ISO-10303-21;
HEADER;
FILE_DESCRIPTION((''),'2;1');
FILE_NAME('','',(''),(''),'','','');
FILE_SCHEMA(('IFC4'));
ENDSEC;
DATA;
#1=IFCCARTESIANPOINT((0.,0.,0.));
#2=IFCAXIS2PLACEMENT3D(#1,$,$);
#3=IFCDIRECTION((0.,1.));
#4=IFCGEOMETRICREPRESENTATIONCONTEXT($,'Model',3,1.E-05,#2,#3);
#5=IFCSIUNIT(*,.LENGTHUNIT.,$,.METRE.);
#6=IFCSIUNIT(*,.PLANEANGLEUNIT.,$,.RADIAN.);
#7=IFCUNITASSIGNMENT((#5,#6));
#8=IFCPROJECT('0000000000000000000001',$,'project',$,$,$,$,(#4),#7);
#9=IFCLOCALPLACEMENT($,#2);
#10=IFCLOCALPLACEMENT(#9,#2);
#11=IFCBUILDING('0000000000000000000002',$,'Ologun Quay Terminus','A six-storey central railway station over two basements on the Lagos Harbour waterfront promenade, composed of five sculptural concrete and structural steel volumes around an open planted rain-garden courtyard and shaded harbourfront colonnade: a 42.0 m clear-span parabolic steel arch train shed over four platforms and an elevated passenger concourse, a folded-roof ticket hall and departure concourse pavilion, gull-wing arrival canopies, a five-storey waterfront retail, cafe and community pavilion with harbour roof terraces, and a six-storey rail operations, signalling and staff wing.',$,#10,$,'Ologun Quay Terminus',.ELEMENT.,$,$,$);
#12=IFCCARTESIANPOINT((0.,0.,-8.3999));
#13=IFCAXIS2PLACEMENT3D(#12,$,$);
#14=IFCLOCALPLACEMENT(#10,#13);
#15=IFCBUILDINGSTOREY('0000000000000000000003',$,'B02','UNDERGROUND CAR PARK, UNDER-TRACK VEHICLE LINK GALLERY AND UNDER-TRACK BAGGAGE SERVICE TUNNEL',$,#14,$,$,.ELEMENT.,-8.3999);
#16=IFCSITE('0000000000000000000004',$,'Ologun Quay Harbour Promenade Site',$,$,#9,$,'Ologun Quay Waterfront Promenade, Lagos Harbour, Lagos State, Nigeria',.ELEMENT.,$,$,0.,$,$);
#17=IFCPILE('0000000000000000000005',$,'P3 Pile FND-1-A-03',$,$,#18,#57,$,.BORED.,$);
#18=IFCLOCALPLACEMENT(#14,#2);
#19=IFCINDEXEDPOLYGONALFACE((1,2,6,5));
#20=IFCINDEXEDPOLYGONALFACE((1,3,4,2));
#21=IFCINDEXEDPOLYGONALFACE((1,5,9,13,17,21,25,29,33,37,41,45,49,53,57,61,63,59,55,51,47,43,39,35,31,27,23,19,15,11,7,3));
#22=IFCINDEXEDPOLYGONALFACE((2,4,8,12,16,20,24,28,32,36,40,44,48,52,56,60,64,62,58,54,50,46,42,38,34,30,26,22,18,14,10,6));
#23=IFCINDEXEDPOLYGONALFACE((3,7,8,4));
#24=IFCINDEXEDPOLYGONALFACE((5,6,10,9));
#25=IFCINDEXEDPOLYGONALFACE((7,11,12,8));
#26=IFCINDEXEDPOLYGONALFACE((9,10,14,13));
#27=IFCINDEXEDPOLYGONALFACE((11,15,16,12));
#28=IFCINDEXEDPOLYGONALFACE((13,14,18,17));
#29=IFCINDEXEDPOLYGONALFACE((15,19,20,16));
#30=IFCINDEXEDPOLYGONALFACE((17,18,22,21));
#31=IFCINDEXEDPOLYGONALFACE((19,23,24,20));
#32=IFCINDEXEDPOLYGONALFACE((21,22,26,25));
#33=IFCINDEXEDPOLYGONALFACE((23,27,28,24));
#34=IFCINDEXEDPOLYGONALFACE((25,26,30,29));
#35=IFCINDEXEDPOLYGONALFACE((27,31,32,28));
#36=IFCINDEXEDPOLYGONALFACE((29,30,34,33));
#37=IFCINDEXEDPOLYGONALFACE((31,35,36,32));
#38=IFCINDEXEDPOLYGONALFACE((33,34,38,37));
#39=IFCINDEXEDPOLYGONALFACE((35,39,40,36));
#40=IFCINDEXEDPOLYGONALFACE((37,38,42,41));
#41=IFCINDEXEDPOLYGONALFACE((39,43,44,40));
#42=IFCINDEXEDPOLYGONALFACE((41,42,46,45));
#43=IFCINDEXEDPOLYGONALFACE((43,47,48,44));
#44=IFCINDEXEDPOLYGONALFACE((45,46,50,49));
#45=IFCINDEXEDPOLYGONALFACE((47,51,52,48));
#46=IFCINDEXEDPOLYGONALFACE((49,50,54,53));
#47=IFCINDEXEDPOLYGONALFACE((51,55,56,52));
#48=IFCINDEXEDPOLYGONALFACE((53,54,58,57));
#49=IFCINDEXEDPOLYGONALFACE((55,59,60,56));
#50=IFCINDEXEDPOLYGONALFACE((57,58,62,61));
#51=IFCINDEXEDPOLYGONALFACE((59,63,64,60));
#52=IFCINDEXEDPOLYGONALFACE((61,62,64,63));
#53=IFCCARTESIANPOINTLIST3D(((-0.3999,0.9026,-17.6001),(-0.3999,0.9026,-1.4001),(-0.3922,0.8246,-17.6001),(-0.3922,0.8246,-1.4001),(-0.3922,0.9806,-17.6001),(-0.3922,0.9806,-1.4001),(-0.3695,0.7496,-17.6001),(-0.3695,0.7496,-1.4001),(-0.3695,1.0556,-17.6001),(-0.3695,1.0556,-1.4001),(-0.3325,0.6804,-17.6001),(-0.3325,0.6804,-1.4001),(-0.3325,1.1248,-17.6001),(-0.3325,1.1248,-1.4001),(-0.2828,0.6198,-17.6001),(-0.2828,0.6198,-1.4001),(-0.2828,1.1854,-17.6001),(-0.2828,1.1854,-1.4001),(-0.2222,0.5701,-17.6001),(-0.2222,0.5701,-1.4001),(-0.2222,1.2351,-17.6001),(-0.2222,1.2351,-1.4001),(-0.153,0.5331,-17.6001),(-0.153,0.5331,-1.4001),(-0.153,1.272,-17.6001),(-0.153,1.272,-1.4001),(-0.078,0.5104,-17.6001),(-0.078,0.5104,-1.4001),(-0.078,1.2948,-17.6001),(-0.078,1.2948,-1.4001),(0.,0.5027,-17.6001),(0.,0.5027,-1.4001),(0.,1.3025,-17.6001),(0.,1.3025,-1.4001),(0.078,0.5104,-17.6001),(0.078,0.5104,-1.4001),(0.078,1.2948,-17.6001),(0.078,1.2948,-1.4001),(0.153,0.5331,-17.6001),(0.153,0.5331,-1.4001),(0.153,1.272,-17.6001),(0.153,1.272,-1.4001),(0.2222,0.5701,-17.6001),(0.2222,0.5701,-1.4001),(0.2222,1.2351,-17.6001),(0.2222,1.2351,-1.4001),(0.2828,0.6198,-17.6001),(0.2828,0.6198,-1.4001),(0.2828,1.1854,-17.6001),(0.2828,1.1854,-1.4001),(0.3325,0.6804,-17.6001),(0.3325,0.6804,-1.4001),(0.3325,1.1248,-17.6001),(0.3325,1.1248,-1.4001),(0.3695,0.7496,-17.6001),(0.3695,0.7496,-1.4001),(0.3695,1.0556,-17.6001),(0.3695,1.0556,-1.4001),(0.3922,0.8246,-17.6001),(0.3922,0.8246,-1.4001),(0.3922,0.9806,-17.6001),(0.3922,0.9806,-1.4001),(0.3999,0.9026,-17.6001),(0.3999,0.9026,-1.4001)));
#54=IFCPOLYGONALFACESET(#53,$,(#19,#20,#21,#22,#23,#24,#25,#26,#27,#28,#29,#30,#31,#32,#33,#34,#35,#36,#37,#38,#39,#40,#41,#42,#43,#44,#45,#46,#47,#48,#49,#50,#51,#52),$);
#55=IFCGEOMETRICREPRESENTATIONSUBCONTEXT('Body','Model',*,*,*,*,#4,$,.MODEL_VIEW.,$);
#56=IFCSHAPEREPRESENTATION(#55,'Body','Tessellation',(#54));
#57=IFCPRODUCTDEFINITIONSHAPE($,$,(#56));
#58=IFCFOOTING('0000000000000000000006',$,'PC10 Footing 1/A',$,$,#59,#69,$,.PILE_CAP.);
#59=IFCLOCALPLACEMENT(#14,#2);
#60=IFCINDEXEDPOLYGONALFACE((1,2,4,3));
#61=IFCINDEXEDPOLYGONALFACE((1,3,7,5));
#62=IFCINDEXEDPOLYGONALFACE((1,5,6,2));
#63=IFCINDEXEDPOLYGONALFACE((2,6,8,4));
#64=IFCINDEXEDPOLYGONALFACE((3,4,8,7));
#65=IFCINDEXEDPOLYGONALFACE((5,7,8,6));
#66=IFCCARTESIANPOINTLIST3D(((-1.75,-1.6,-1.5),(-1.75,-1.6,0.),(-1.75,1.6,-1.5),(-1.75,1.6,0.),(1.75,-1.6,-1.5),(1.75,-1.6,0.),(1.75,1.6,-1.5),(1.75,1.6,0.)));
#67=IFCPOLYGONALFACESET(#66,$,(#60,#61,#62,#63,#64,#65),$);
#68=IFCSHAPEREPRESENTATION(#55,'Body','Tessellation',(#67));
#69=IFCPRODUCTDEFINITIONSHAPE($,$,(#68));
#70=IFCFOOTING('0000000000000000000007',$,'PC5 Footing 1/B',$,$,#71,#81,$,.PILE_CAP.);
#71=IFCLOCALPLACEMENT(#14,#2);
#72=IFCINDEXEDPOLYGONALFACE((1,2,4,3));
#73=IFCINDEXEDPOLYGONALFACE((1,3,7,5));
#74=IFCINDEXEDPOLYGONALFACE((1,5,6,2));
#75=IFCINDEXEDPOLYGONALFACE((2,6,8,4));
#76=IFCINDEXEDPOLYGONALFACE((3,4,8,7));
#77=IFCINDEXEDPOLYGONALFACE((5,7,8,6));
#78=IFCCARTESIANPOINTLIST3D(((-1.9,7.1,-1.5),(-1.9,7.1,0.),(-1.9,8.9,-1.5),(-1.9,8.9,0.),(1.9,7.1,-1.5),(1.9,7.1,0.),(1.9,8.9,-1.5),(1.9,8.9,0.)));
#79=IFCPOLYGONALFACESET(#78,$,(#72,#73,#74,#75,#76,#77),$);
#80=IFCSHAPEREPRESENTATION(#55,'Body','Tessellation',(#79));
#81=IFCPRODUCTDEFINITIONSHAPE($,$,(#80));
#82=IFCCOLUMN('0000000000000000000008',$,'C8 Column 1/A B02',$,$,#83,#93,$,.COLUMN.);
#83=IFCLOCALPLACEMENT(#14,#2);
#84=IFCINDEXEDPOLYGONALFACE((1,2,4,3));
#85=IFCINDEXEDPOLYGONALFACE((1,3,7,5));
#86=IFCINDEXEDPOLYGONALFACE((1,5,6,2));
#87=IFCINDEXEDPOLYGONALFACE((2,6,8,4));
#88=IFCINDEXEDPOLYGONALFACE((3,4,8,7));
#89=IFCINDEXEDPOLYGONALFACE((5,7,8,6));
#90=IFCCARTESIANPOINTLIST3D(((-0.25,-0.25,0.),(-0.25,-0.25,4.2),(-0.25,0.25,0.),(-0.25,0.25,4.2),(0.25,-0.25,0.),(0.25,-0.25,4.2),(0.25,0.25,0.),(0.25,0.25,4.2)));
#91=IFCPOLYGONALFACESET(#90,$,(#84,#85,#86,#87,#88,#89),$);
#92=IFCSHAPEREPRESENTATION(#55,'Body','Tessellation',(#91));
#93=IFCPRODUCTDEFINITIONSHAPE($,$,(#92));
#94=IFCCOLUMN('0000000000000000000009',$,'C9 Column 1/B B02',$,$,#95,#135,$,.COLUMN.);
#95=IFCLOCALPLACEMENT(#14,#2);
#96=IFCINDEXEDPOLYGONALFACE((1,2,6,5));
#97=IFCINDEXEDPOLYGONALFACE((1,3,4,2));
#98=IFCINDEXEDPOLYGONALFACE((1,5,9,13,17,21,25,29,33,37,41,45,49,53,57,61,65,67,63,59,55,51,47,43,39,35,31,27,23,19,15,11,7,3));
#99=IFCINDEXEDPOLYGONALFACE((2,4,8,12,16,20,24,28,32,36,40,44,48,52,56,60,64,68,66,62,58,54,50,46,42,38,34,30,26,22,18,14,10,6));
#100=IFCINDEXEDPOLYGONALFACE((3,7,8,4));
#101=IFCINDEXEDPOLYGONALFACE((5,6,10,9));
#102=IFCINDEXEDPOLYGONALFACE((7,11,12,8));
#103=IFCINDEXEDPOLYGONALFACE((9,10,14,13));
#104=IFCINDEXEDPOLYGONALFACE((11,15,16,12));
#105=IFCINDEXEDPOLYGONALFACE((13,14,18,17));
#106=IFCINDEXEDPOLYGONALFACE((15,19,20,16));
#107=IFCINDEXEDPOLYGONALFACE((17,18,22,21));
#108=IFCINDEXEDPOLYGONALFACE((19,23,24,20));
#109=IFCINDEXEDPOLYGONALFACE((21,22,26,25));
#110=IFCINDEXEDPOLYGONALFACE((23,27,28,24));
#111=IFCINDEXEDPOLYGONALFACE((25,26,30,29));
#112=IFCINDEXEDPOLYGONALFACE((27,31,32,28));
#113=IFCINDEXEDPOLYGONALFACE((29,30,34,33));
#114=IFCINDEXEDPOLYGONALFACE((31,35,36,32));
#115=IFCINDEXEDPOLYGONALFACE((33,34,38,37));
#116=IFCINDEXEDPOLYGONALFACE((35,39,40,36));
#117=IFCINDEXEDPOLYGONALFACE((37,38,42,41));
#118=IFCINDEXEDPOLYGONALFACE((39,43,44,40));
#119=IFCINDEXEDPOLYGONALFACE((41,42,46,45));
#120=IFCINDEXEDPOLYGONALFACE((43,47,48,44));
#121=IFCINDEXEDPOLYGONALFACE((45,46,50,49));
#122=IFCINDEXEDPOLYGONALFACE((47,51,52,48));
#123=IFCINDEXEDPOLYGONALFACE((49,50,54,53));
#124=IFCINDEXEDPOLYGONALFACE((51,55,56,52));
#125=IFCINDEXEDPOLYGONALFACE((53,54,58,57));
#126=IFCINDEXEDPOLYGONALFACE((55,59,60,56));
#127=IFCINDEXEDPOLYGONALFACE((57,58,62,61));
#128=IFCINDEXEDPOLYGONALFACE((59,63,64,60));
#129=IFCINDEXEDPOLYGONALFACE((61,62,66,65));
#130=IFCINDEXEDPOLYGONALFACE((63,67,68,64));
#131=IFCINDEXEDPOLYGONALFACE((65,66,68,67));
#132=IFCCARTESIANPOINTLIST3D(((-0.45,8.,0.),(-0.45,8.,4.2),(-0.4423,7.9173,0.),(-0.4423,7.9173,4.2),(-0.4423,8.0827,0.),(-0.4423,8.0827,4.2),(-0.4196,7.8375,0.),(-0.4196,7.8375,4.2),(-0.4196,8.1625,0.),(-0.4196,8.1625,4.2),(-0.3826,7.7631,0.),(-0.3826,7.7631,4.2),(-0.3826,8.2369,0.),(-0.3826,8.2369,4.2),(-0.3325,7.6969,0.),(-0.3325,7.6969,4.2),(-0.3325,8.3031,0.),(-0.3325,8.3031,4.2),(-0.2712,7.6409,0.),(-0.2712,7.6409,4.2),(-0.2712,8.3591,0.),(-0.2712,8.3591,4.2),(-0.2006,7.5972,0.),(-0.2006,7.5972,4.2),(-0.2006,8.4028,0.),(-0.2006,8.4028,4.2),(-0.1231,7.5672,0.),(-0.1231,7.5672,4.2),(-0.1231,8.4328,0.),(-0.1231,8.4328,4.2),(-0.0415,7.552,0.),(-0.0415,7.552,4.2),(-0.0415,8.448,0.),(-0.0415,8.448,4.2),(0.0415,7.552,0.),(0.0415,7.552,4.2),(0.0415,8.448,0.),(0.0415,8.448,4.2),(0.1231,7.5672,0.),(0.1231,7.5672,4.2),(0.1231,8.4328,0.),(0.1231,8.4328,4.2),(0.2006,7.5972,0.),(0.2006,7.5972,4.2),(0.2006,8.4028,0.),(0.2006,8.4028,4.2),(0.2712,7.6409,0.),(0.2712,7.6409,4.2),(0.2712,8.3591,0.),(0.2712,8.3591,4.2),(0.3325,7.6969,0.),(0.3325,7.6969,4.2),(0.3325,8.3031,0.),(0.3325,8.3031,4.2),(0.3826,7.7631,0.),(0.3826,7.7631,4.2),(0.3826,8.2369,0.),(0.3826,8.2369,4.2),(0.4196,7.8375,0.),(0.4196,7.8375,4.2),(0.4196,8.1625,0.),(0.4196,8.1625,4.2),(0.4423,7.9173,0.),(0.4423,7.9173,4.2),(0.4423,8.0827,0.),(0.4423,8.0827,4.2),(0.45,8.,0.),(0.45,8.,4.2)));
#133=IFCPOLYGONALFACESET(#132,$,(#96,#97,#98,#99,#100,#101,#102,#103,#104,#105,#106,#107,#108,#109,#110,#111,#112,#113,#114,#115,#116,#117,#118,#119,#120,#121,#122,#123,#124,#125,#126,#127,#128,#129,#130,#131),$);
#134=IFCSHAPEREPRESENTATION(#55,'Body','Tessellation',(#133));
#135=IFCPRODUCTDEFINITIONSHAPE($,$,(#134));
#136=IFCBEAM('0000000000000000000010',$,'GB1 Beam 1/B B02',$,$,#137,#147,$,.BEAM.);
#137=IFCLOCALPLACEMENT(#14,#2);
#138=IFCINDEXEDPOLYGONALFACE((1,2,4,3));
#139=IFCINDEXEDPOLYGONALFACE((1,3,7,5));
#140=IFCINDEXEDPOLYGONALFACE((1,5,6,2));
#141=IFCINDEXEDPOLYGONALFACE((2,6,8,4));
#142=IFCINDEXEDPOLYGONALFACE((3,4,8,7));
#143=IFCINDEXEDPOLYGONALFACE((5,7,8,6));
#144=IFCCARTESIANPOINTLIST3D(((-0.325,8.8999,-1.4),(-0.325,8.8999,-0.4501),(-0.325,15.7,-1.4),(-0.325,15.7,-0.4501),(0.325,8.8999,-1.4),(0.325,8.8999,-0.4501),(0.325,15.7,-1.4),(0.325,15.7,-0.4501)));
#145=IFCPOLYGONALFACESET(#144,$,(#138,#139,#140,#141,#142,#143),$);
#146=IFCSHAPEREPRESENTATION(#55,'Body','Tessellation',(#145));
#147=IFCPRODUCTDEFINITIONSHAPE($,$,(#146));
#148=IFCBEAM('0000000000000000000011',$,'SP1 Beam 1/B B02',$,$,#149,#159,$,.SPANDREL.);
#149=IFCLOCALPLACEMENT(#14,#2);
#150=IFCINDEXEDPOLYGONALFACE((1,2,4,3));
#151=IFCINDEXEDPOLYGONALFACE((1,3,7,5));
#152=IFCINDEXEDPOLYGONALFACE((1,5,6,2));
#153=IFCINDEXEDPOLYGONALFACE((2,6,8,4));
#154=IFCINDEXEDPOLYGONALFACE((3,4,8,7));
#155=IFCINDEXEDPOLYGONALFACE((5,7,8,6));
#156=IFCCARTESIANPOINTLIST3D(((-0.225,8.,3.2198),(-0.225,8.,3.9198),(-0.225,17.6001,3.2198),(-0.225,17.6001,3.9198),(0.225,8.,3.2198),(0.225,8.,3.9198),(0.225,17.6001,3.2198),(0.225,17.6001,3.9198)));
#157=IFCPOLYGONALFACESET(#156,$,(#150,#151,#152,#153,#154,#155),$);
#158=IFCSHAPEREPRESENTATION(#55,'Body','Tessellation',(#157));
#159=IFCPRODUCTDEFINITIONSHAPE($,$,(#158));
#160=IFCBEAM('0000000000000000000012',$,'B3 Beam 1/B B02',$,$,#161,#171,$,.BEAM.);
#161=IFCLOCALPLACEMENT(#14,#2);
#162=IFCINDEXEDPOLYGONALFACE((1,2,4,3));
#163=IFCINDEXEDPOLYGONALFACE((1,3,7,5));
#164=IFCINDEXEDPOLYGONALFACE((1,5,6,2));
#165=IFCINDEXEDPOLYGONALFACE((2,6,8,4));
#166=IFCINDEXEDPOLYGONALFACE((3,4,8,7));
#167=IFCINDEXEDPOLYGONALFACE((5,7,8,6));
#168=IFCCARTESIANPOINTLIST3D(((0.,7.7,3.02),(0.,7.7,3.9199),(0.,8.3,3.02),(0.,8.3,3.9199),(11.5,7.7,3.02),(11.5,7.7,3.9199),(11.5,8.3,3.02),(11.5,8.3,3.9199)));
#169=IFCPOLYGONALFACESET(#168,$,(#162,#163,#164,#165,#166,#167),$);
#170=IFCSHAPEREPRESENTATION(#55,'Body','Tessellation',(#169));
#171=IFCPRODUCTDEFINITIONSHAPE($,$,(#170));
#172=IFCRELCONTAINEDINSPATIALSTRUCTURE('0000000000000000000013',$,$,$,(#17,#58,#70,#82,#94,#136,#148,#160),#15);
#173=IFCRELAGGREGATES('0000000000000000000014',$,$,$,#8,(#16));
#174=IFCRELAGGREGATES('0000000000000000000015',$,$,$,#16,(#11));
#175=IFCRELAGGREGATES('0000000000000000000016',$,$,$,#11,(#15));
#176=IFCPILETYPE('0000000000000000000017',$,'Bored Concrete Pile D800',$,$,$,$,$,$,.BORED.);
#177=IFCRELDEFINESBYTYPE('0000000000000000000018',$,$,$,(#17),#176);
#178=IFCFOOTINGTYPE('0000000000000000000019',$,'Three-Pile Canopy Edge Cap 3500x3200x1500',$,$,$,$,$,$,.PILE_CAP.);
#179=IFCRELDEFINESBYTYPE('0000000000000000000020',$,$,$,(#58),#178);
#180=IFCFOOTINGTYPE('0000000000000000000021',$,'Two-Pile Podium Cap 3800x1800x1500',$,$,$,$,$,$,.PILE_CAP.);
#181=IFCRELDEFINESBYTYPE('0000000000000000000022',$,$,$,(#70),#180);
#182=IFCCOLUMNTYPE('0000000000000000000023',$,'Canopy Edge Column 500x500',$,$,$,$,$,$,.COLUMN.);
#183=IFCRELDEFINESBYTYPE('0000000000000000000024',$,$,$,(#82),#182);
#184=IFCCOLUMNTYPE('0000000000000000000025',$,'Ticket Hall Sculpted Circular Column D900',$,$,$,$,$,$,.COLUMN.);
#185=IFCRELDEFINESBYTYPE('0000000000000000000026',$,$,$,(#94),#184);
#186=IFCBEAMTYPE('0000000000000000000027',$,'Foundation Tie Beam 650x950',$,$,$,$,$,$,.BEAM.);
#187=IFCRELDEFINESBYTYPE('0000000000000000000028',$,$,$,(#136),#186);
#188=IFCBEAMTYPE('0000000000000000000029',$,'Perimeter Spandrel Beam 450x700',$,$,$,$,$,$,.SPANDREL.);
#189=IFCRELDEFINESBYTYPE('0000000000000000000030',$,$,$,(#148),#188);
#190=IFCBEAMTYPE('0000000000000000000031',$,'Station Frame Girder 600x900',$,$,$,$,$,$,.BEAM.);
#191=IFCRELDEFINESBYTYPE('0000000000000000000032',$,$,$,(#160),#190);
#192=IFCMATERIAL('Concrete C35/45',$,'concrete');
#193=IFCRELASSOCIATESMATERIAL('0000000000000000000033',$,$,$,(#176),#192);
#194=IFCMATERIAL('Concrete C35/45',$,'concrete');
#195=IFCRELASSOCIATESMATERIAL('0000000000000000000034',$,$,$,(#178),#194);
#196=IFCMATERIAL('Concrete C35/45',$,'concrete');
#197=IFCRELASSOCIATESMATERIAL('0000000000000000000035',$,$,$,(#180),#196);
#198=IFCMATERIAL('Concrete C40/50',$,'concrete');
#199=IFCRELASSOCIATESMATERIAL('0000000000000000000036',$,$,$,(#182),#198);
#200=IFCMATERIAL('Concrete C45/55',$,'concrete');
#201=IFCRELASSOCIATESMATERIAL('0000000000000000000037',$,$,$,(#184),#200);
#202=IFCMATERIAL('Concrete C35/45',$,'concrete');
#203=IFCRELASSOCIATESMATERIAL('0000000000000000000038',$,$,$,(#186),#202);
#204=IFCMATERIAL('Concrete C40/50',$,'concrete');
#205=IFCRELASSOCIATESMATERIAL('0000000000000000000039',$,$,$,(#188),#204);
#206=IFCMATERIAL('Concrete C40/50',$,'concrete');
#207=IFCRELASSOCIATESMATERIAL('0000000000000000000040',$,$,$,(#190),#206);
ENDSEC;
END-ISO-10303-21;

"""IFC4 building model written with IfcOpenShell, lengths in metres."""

from ifc_helpers import new_model, si_unit, direction, frame, origin, origin_with_axes, origin_2d, place, context, subcontext, project, spatial, rectangle, circle, extrude, material, material_profile, profile_set, type_object, element, save


model = new_model("IFC4")

# Units and contexts
model_context = context("Model", 3, precision=1e-05, world=origin(), true_north=direction((0.0, 1.0)))
body_context = subcontext(model_context, "Body", "Model", "MODEL_VIEW")
ifc_project = project(units=[si_unit("LENGTHUNIT", "METRE"), si_unit("PLANEANGLEUNIT", "RADIAN")], contexts=[model_context])

# Site, building, storey
site_placement = place(None, origin())
site = spatial("IfcSite", under=ifc_project, at=site_placement, Name="Ologun Quay Harbour Promenade Site", LongName="Ologun Quay Waterfront Promenade, Lagos Harbour, Lagos State, Nigeria", CompositionType="ELEMENT", RefElevation=0.0)
building_placement = place(site_placement, origin())
building = spatial("IfcBuilding", under=site, at=building_placement, Name="Ologun Quay Terminus", Description="A six-storey central railway station over two basements on the Lagos Harbour waterfront promenade, composed of five sculptural concrete and structural steel volumes around an open planted rain-garden courtyard and shaded harbourfront colonnade: a 42.0 m clear-span parabolic steel arch train shed over four platforms and an elevated passenger concourse, a folded-roof ticket hall and departure concourse pavilion, gull-wing arrival canopies, a five-storey waterfront retail, cafe and community pavilion with harbour roof terraces, and a six-storey rail operations, signalling and staff wing.", LongName="Ologun Quay Terminus", CompositionType="ELEMENT")
storey_placement = place(building_placement, frame((0.0, 0.0, -8.3999)))
storey = spatial("IfcBuildingStorey", under=building, at=storey_placement, Name="B02", Description="UNDERGROUND CAR PARK, UNDER-TRACK VEHICLE LINK GALLERY AND UNDER-TRACK BAGGAGE SERVICE TUNNEL", CompositionType="ELEMENT", Elevation=-8.3999)

# Pile
ifc_material_1 = material(Name="Concrete C35/45", Category="concrete")
ifc_material_profile_1 = material_profile(ifc_material_1, circle(Radius=0.3999, at=origin_2d()), Name="PILE D800")
ifc_profile_set_1 = profile_set([ifc_material_profile_1], Name="Concrete C35/45")
pile_type_1 = type_object("IfcPileType", Name="Bored Concrete Pile D800", PredefinedType="BORED", material=ifc_profile_set_1)
for number, where, z_axis, x_axis, name in (
    (1, (0.0, 0.9026, -1.4001), (0.0, 0.0, -1.0), (1.0, 0.0, 0.0), "P3 Pile FND-1-A-03"),
):
    element("IfcPile", number, at=place(storey_placement, frame(where, z_axis=z_axis, x_axis=x_axis)), inside=storey, type_object=pile_type_1, Name=name, PredefinedType="BORED", context=body_context, shape_type="SweptSolid", body=[
        extrude(circle(Radius=0.3999, at=origin_2d()), origin(), (0.0, 0.0, 1.0), 16.2),
    ])

# Footings
ifc_material_2 = material(Name="Concrete C35/45", Category="concrete")
footing_type_1 = type_object("IfcFootingType", Name="Three-Pile Canopy Edge Cap 3500x3200x1500", PredefinedType="PILE_CAP", material=ifc_material_2)
footing_1_placement = place(storey_placement, frame((0.0, 0.0, -1.5), z_axis=(0.0, 0.0, 1.0), x_axis=(1.0, 0.0, 0.0)))
element("IfcFooting", 2, at=footing_1_placement, inside=storey, type_object=footing_type_1, Name="PC10 Footing 1/A", PredefinedType="PILE_CAP", context=body_context, shape_type="SweptSolid", body=[
    extrude(rectangle(XDim=3.5, YDim=3.2, at=origin_2d()), origin(), (0.0, 0.0, 1.0), 1.5),
])
ifc_material_3 = material(Name="Concrete C35/45", Category="concrete")
footing_type_2 = type_object("IfcFootingType", Name="Two-Pile Podium Cap 3800x1800x1500", PredefinedType="PILE_CAP", material=ifc_material_3)
footing_2_placement = place(storey_placement, frame((0.0, 8.0, -1.5), z_axis=(0.0, 0.0, 1.0), x_axis=(1.0, 0.0, 0.0)))
element("IfcFooting", 3, at=footing_2_placement, inside=storey, type_object=footing_type_2, Name="PC5 Footing 1/B", PredefinedType="PILE_CAP", context=body_context, shape_type="SweptSolid", body=[
    extrude(rectangle(XDim=3.8, YDim=1.8, at=origin_2d()), origin(), (0.0, 0.0, 1.0), 1.5),
])

# Columns
ifc_material_4 = material(Name="Concrete C40/50", Category="concrete")
ifc_material_profile_2 = material_profile(ifc_material_4, rectangle(XDim=0.5, YDim=0.5, at=origin_2d()), Name="RC 500x500")
ifc_profile_set_2 = profile_set([ifc_material_profile_2], Name="Concrete C40/50")
column_type_1 = type_object("IfcColumnType", Name="Canopy Edge Column 500x500", PredefinedType="COLUMN", material=ifc_profile_set_2)
column_1_placement = place(storey_placement, origin_with_axes())
element("IfcColumn", 4, at=column_1_placement, inside=storey, type_object=column_type_1, Name="C8 Column 1/A B02", PredefinedType="COLUMN", context=body_context, shape_type="SweptSolid", body=[
    extrude(rectangle(XDim=0.5, YDim=0.5, at=origin_2d()), origin(), (0.0, 0.0, 1.0), 4.2),
])
ifc_material_5 = material(Name="Concrete C45/55", Category="concrete")
ifc_material_profile_3 = material_profile(ifc_material_5, circle(Radius=0.45, at=origin_2d()), Name="RC D900")
ifc_profile_set_3 = profile_set([ifc_material_profile_3], Name="Concrete C45/55")
column_type_2 = type_object("IfcColumnType", Name="Ticket Hall Sculpted Circular Column D900", PredefinedType="COLUMN", material=ifc_profile_set_3)
column_2_placement = place(storey_placement, frame((0.0, 8.0, 0.0), z_axis=(0.0, 0.0, 1.0), x_axis=(1.0, 0.0, 0.0)))
element("IfcColumn", 5, at=column_2_placement, inside=storey, type_object=column_type_2, Name="C9 Column 1/B B02", PredefinedType="COLUMN", context=body_context, shape_type="SweptSolid", body=[
    extrude(circle(Radius=0.45, at=origin_2d()), origin(), (0.0, 0.0, 1.0), 4.2),
])

# Beams
ifc_material_6 = material(Name="Concrete C35/45", Category="concrete")
ifc_material_profile_4 = material_profile(ifc_material_6, rectangle(XDim=0.6499, YDim=0.95, at=origin_2d()), Name="RC 650x950")
ifc_profile_set_4 = profile_set([ifc_material_profile_4], Name="Concrete C35/45")
beam_type_1 = type_object("IfcBeamType", Name="Foundation Tie Beam 650x950", PredefinedType="BEAM", material=ifc_profile_set_4)
beam_1_placement = place(storey_placement, frame((0.0, 8.8999, -0.925), z_axis=(0.0, 1.0, 0.0), x_axis=(-1.0, 0.0, 0.0)))
element("IfcBeam", 6, at=beam_1_placement, inside=storey, type_object=beam_type_1, Name="GB1 Beam 1/B B02", PredefinedType="BEAM", context=body_context, shape_type="SweptSolid", body=[
    extrude(rectangle(XDim=0.6499, YDim=0.95, at=origin_2d()), origin(), (0.0, 0.0, 1.0), 6.8),
])
ifc_material_7 = material(Name="Concrete C40/50", Category="concrete")
ifc_material_profile_5 = material_profile(ifc_material_7, rectangle(XDim=0.45, YDim=0.7, at=origin_2d()), Name="RC 450x700")
ifc_profile_set_5 = profile_set([ifc_material_profile_5], Name="Concrete C40/50")
beam_type_2 = type_object("IfcBeamType", Name="Perimeter Spandrel Beam 450x700", PredefinedType="SPANDREL", material=ifc_profile_set_5)
beam_2_placement = place(storey_placement, frame((0.0, 8.0, 3.5698), z_axis=(0.0, 1.0, 0.0), x_axis=(-1.0, 0.0, 0.0)))
element("IfcBeam", 7, at=beam_2_placement, inside=storey, type_object=beam_type_2, Name="SP1 Beam 1/B B02", PredefinedType="SPANDREL", context=body_context, shape_type="SweptSolid", body=[
    extrude(rectangle(XDim=0.45, YDim=0.7, at=origin_2d()), origin(), (0.0, 0.0, 1.0), 9.6001),
])
ifc_material_8 = material(Name="Concrete C40/50", Category="concrete")
ifc_material_profile_6 = material_profile(ifc_material_8, rectangle(XDim=0.6001, YDim=0.8999, at=origin_2d()), Name="RC 600x900")
ifc_profile_set_6 = profile_set([ifc_material_profile_6], Name="Concrete C40/50")
beam_type_3 = type_object("IfcBeamType", Name="Station Frame Girder 600x900", PredefinedType="BEAM", material=ifc_profile_set_6)
beam_3_placement = place(storey_placement, frame((0.0, 8.0, 3.47), z_axis=(1.0, 0.0, 0.0), x_axis=(0.0, 1.0, 0.0)))
element("IfcBeam", 8, at=beam_3_placement, inside=storey, type_object=beam_type_3, Name="B3 Beam 1/B B02", PredefinedType="BEAM", context=body_context, shape_type="SweptSolid", body=[
    extrude(rectangle(XDim=0.6001, YDim=0.8999, at=origin_2d()), origin(), (0.0, 0.0, 1.0), 11.5),
])

save(model, "model.ifc")
